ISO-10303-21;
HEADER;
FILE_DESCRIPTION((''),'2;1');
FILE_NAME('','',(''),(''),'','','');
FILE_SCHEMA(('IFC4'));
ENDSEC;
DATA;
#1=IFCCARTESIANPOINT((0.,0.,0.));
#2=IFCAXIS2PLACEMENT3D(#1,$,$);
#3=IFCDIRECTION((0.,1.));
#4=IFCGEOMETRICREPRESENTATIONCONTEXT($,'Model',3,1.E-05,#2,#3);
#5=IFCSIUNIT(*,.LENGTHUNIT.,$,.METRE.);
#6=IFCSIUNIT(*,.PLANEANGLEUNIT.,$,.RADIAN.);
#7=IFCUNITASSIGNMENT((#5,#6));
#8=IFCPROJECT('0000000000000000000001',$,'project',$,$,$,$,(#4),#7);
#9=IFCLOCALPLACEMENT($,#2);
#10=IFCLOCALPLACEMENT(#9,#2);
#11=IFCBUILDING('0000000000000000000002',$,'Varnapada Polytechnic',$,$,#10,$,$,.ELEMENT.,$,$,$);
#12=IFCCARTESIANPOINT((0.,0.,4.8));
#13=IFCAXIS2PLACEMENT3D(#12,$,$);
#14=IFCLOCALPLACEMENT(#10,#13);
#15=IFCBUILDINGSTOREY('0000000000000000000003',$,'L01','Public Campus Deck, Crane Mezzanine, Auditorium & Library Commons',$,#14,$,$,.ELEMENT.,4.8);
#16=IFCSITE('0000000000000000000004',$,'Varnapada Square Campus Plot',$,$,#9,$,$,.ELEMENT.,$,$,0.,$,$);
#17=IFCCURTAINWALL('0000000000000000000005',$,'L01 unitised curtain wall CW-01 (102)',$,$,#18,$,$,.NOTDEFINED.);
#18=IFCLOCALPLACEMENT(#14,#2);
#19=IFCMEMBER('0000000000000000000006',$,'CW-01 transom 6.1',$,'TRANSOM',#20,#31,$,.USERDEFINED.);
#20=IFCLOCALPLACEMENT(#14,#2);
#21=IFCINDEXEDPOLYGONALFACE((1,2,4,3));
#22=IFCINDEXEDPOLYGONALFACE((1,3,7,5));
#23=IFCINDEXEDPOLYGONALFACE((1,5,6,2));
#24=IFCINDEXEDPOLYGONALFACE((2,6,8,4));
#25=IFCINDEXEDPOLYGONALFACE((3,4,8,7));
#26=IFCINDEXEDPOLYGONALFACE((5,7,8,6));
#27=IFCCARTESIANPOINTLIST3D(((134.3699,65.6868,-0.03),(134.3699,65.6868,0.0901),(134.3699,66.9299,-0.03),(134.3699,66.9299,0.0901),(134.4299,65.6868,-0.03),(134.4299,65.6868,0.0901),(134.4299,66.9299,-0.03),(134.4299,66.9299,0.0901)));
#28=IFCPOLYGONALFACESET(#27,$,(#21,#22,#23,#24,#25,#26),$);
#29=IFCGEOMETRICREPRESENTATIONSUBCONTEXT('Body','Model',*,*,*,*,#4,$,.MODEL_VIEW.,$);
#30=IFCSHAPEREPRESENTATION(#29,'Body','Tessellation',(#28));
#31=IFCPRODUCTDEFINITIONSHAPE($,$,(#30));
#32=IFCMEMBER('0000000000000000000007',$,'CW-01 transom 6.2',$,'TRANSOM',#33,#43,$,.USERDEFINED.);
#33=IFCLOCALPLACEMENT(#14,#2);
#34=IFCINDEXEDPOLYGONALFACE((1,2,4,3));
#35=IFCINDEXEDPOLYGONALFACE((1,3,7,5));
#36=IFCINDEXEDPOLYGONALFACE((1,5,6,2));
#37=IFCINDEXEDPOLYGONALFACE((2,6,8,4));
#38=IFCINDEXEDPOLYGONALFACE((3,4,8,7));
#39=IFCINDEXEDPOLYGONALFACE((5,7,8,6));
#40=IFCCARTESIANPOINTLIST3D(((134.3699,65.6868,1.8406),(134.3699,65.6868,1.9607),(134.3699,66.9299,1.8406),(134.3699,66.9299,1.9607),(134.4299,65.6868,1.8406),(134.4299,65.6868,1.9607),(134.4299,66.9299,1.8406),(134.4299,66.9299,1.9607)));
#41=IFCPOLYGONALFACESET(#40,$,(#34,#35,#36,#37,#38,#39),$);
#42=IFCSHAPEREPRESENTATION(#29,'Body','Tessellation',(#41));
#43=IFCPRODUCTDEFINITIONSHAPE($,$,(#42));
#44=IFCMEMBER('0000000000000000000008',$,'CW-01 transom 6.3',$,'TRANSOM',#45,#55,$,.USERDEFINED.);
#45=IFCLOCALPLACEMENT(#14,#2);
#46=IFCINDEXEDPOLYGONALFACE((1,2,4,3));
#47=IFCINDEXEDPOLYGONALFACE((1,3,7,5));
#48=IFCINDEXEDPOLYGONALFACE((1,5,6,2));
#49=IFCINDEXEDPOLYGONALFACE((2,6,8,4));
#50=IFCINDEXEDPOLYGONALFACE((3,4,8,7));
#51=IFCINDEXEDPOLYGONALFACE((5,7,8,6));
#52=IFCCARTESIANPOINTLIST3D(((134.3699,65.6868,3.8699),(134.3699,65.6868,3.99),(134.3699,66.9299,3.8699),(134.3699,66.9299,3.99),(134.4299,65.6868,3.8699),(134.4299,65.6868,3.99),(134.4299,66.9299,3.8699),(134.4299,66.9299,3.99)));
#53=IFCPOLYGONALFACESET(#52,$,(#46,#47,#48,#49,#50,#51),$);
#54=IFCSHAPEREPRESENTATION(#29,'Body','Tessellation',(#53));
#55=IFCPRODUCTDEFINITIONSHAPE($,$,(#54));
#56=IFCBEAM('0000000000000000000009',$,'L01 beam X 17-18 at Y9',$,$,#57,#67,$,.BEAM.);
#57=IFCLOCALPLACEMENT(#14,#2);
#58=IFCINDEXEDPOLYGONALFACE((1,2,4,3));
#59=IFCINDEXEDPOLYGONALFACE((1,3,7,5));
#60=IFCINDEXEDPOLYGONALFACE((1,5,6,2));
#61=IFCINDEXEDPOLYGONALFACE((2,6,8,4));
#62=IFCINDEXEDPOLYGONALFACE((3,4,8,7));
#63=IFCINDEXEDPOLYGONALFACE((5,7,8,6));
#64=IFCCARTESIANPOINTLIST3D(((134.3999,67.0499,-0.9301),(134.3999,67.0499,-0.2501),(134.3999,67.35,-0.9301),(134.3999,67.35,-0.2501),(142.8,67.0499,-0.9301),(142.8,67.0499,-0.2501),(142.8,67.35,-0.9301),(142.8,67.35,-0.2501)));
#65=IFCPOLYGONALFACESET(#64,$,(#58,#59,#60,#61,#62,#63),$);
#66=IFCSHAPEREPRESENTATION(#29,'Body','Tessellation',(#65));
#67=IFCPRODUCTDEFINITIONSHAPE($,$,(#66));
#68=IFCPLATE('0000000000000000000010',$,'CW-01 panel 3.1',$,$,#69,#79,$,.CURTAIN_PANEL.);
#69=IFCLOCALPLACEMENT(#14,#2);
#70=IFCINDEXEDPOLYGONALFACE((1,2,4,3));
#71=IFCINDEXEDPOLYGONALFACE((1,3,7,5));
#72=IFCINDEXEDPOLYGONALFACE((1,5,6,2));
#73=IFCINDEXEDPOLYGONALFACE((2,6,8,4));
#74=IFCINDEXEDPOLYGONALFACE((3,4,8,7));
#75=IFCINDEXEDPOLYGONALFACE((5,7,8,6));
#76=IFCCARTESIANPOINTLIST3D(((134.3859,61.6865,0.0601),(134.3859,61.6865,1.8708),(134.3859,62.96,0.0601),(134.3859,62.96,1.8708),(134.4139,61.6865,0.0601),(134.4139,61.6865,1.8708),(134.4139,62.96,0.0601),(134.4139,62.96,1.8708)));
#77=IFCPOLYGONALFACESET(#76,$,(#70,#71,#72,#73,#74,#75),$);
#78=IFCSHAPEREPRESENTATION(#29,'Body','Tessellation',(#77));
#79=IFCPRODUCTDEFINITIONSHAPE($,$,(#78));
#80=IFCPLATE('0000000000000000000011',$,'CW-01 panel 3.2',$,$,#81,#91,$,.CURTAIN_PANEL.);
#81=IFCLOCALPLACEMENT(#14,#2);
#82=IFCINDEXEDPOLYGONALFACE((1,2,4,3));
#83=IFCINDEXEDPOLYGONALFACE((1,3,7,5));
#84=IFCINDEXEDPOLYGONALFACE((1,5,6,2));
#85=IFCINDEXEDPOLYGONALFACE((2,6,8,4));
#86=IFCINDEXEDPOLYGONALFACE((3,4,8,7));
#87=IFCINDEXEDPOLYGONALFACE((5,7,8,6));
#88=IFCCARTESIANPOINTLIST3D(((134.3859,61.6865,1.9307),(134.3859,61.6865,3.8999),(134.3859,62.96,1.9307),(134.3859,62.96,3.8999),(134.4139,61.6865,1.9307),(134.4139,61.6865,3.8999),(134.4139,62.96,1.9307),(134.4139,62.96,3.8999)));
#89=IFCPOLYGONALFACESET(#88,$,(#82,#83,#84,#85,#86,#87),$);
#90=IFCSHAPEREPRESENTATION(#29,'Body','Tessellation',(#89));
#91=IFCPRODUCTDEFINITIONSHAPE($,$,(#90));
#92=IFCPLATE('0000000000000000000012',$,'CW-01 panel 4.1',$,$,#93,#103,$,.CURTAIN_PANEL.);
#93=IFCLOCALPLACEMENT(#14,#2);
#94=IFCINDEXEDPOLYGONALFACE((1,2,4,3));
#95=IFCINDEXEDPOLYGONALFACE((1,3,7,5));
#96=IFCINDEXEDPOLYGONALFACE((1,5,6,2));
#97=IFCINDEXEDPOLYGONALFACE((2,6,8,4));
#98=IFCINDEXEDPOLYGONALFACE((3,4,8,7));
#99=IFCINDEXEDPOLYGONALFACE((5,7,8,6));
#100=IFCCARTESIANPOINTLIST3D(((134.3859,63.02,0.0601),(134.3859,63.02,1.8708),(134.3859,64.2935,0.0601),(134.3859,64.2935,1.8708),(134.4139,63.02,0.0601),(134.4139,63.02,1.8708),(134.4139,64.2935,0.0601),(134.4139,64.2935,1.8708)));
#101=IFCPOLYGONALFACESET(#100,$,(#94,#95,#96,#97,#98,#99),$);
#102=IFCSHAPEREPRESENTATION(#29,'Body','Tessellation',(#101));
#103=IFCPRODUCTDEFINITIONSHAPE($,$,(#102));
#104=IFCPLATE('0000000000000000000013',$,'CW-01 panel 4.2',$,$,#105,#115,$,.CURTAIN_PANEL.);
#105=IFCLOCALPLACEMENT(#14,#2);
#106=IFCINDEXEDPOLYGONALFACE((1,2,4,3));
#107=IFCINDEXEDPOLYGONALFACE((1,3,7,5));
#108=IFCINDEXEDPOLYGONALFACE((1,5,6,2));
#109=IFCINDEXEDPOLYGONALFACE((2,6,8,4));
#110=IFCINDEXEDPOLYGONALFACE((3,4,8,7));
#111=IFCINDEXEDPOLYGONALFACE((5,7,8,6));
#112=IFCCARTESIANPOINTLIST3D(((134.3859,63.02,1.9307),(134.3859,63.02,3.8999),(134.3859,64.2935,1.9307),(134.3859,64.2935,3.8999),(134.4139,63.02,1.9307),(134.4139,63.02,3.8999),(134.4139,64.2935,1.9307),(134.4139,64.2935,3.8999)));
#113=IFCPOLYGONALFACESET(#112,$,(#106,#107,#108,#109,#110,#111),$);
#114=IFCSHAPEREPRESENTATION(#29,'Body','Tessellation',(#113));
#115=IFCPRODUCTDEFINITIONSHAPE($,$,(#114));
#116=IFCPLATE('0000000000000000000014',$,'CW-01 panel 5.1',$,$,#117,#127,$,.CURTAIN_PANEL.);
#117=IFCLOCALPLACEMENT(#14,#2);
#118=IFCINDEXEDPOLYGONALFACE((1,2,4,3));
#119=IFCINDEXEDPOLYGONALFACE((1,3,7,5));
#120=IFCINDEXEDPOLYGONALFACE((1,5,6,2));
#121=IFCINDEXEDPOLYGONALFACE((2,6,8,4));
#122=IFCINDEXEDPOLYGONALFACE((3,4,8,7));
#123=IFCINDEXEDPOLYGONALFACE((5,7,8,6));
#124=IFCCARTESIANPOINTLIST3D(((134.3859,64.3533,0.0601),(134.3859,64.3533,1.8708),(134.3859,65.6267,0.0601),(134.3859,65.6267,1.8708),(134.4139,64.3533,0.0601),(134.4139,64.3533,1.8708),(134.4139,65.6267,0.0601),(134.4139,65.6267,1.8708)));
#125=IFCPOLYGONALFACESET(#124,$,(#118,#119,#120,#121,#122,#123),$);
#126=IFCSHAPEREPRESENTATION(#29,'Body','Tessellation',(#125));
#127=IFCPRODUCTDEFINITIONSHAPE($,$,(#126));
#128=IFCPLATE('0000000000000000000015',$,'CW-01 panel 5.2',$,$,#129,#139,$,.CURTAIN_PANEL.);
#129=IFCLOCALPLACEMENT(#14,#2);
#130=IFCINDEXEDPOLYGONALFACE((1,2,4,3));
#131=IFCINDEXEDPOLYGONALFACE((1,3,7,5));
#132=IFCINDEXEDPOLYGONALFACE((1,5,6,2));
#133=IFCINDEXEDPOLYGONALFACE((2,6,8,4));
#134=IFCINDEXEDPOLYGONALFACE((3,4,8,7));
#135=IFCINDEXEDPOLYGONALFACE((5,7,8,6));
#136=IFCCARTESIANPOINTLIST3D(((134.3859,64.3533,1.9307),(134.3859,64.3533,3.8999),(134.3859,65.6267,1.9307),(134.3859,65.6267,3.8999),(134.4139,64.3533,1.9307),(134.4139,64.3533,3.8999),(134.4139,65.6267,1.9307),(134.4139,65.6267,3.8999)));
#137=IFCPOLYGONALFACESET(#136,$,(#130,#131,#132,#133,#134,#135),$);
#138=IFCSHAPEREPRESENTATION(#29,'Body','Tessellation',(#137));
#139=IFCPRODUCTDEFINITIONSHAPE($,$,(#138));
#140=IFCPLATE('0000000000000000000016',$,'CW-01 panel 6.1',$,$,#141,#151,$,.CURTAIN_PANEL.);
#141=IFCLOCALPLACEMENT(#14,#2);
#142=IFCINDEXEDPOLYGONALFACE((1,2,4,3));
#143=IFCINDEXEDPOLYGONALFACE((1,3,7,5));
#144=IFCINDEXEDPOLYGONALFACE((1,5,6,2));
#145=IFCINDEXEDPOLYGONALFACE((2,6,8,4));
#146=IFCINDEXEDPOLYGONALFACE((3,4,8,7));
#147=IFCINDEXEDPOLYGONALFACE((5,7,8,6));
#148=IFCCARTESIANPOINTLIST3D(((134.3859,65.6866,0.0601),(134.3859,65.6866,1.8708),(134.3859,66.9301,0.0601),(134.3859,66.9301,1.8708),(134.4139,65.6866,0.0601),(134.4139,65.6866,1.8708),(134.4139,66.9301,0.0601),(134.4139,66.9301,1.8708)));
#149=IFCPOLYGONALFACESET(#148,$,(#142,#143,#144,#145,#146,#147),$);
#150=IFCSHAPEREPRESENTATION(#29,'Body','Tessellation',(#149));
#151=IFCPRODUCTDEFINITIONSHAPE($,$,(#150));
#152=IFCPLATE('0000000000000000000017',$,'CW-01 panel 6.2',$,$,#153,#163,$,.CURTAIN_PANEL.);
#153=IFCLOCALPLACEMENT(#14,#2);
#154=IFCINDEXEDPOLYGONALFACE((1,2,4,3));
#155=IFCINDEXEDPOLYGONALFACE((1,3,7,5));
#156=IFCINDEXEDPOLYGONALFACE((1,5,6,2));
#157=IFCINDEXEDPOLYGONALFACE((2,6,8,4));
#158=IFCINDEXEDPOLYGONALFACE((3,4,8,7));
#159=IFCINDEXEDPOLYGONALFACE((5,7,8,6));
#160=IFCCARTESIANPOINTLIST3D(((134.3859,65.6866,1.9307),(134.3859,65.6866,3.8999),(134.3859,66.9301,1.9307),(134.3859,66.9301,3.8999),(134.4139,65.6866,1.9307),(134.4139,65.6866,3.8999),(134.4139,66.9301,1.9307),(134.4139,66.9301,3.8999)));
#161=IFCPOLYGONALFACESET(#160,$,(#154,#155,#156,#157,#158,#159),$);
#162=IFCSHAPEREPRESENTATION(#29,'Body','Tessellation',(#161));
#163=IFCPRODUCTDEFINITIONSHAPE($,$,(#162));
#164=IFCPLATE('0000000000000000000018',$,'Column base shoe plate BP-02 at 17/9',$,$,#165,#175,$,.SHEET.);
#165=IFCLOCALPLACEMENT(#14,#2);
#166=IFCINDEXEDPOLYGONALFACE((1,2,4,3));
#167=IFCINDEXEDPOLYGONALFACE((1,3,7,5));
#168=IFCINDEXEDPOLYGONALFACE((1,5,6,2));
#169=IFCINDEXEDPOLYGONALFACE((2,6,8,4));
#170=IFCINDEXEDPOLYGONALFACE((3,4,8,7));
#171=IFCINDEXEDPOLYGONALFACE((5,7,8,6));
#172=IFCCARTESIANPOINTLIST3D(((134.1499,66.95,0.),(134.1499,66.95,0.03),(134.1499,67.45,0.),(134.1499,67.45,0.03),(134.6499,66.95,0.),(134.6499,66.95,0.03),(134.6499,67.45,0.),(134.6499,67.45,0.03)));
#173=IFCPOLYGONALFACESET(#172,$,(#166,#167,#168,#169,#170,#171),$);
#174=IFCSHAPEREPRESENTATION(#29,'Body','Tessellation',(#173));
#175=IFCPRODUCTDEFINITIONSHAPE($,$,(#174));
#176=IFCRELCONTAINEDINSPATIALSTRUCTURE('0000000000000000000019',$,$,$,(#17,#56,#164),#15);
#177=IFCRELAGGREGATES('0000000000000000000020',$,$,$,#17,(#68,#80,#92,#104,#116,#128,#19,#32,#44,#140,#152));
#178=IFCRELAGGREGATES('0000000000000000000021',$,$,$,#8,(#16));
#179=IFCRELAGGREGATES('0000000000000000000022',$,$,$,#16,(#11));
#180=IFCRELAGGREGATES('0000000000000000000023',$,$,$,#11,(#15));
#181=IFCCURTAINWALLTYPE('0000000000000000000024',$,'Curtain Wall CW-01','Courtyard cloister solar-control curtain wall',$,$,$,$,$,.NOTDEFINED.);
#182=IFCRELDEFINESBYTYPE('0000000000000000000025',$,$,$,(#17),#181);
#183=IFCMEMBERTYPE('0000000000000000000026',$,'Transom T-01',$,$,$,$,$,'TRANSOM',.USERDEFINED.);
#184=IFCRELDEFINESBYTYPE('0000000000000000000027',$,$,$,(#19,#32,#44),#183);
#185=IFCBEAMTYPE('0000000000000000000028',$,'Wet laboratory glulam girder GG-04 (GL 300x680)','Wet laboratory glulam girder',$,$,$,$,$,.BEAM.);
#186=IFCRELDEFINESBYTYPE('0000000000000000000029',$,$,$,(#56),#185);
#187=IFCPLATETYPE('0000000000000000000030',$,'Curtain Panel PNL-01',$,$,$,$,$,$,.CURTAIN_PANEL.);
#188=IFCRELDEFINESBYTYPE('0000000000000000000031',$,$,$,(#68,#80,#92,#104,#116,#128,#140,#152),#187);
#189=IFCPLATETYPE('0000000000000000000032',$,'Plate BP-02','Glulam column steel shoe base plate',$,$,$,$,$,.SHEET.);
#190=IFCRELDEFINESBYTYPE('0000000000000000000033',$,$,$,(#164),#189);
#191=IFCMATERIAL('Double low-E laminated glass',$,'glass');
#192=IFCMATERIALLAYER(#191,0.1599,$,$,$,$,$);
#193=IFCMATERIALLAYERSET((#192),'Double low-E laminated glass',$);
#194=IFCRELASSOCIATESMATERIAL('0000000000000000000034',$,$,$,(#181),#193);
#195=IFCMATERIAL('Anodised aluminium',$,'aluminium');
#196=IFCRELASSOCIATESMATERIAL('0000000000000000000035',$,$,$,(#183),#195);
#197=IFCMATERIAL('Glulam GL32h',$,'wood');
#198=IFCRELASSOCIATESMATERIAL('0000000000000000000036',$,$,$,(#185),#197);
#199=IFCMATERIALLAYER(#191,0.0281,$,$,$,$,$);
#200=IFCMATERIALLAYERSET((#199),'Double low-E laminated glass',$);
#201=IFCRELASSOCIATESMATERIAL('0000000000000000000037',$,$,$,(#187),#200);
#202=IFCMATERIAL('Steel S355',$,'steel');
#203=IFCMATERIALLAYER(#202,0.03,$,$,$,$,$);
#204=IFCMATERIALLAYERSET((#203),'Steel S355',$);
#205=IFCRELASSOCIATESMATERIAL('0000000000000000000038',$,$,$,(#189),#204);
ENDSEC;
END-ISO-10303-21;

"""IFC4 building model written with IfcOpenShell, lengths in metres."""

from ifc_helpers import new_model, si_unit, direction, frame, origin, origin_2d, place, context, subcontext, project, spatial, rectangle, extrude, material, layer, layer_set, material_profile, profile_set, type_object, element, aggregate, save


model = new_model("IFC4")

# Units and contexts
model_context = context("Model", 3, precision=1e-05, world=origin(), true_north=direction((0.0, 1.0)))
body_context = subcontext(model_context, "Body", "Model", "MODEL_VIEW")
ifc_project = project(units=[si_unit("LENGTHUNIT", "METRE"), si_unit("PLANEANGLEUNIT", "RADIAN")], contexts=[model_context])

# Site, building, storey
site_placement = place(None, origin())
site = spatial("IfcSite", under=ifc_project, at=site_placement, Name="Varnapada Square Campus Plot", CompositionType="ELEMENT", RefElevation=0.0)
building_placement = place(site_placement, origin())
building = spatial("IfcBuilding", under=site, at=building_placement, Name="Varnapada Polytechnic", CompositionType="ELEMENT")
storey_placement = place(building_placement, frame((0.0, 0.0, 4.8)))
storey = spatial("IfcBuildingStorey", under=building, at=storey_placement, Name="L01", Description="Public Campus Deck, Crane Mezzanine, Auditorium & Library Commons", CompositionType="ELEMENT", Elevation=4.8)

# Shared definitions
ifc_material_1 = material(Name="Glulam GL32h", Category="wood")

# Curtain wall, members
ifc_material_2 = material(Name="Double low-E laminated glass", Category="glass")
ifc_layer_1 = layer(ifc_material_2, 0.1599)
ifc_layer_set_1 = layer_set([ifc_layer_1], Name="Double low-E laminated glass")
curtain_wall_type = type_object("IfcCurtainWallType", Name="Curtain Wall CW-01", Description="Courtyard cloister solar-control curtain wall", PredefinedType="NOTDEFINED", material=ifc_layer_set_1)
curtain_wall_placement = place(storey_placement, origin())
curtain_wall = element("IfcCurtainWall", 1, at=curtain_wall_placement, inside=storey, type_object=curtain_wall_type, Name="L01 unitised curtain wall CW-01 (102)", PredefinedType="NOTDEFINED")
ifc_material_3 = material(Name="Anodised aluminium", Category="aluminium")
ifc_material_profile_1 = material_profile(ifc_material_3, rectangle(XDim=0.0601, YDim=0.1201, at=origin_2d()), Name="ALU T60x120")
ifc_profile_set_1 = profile_set([ifc_material_profile_1], Name="Anodised aluminium")
member_type_1 = type_object("IfcMemberType", Name="Transom T-01", ElementType="TRANSOM", PredefinedType="USERDEFINED", material=ifc_profile_set_1)
member_1_placement = place(storey_placement, frame((134.3999, 65.6868, 0.03), z_axis=(0.0, 1.0, 0.0), x_axis=(-1.0, 0.0, 0.0)))
member_1 = element("IfcMember", 2, at=member_1_placement, type_object=member_type_1, Name="CW-01 transom 6.1", ObjectType="TRANSOM", PredefinedType="USERDEFINED", context=body_context, shape_type="SweptSolid", body=[
    extrude(rectangle(XDim=0.0601, YDim=0.1201, at=origin_2d()), origin(), (0.0, 0.0, 1.0), 1.2432),
])
member_2_placement = place(storey_placement, frame((134.3999, 65.6868, 1.9006), z_axis=(0.0, 1.0, 0.0), x_axis=(-1.0, 0.0, 0.0)))
member_2 = element("IfcMember", 3, at=member_2_placement, type_object=member_type_1, Name="CW-01 transom 6.2", ObjectType="TRANSOM", PredefinedType="USERDEFINED", context=body_context, shape_type="SweptSolid", body=[
    extrude(rectangle(XDim=0.0601, YDim=0.1201, at=origin_2d()), origin(), (0.0, 0.0, 1.0), 1.2432),
])
member_3_placement = place(storey_placement, frame((134.3999, 65.6868, 3.9299), z_axis=(0.0, 1.0, 0.0), x_axis=(-1.0, 0.0, 0.0)))
member_3 = element("IfcMember", 4, at=member_3_placement, type_object=member_type_1, Name="CW-01 transom 6.3", ObjectType="TRANSOM", PredefinedType="USERDEFINED", context=body_context, shape_type="SweptSolid", body=[
    extrude(rectangle(XDim=0.0601, YDim=0.1201, at=origin_2d()), origin(), (0.0, 0.0, 1.0), 1.2432),
])

# Beam
ifc_material_profile_2 = material_profile(ifc_material_1, rectangle(XDim=0.3, YDim=0.6799, at=origin_2d()), Name="GL 300x680")
ifc_profile_set_2 = profile_set([ifc_material_profile_2], Name="Glulam GL32h")
beam_type = type_object("IfcBeamType", Name="Wet laboratory glulam girder GG-04 (GL 300x680)", Description="Wet laboratory glulam girder", PredefinedType="BEAM", material=ifc_profile_set_2)
beam_placement = place(storey_placement, frame((134.3999, 67.2, -0.5901), z_axis=(1.0, 0.0, 0.0), x_axis=(0.0, 1.0, 0.0)))
element("IfcBeam", 5, at=beam_placement, inside=storey, type_object=beam_type, Name="L01 beam X 17-18 at Y9", PredefinedType="BEAM", context=body_context, shape_type="SweptSolid", body=[
    extrude(rectangle(XDim=0.3, YDim=0.6799, at=origin_2d()), origin(), (0.0, 0.0, 1.0), 8.4001),
])

# Plates
ifc_layer_2 = layer(ifc_material_2, 0.0281)
ifc_layer_set_2 = layer_set([ifc_layer_2], Name="Double low-E laminated glass")
plate_type_1 = type_object("IfcPlateType", Name="Curtain Panel PNL-01", PredefinedType="CURTAIN_PANEL", material=ifc_layer_set_2)
plate_1_placement = place(storey_placement, frame((134.3999, 62.3232, 0.0601), z_axis=(0.0, 0.0, 1.0), x_axis=(0.0, 1.0, 0.0)))
plate_1 = element("IfcPlate", 6, at=plate_1_placement, type_object=plate_type_1, Name="CW-01 panel 3.1", PredefinedType="CURTAIN_PANEL", context=body_context, shape_type="SweptSolid", body=[
    extrude(rectangle(XDim=1.2734, YDim=0.0281, at=origin_2d()), origin(), (0.0, 0.0, 1.0), 1.8108),
])
plate_2_placement = place(storey_placement, frame((134.3999, 62.3232, 1.9307), z_axis=(0.0, 0.0, 1.0), x_axis=(0.0, 1.0, 0.0)))
plate_2 = element("IfcPlate", 7, at=plate_2_placement, type_object=plate_type_1, Name="CW-01 panel 3.2", PredefinedType="CURTAIN_PANEL", context=body_context, shape_type="SweptSolid", body=[
    extrude(rectangle(XDim=1.2734, YDim=0.0281, at=origin_2d()), origin(), (0.0, 0.0, 1.0), 1.9692),
])
plate_3_placement = place(storey_placement, frame((134.3999, 63.6567, 0.0601), z_axis=(0.0, 0.0, 1.0), x_axis=(0.0, 1.0, 0.0)))
plate_3 = element("IfcPlate", 8, at=plate_3_placement, type_object=plate_type_1, Name="CW-01 panel 4.1", PredefinedType="CURTAIN_PANEL", context=body_context, shape_type="SweptSolid", body=[
    extrude(rectangle(XDim=1.2734, YDim=0.0281, at=origin_2d()), origin(), (0.0, 0.0, 1.0), 1.8108),
])
plate_4_placement = place(storey_placement, frame((134.3999, 63.6567, 1.9307), z_axis=(0.0, 0.0, 1.0), x_axis=(0.0, 1.0, 0.0)))
plate_4 = element("IfcPlate", 9, at=plate_4_placement, type_object=plate_type_1, Name="CW-01 panel 4.2", PredefinedType="CURTAIN_PANEL", context=body_context, shape_type="SweptSolid", body=[
    extrude(rectangle(XDim=1.2734, YDim=0.0281, at=origin_2d()), origin(), (0.0, 0.0, 1.0), 1.9692),
])
plate_5_placement = place(storey_placement, frame((134.3999, 64.99, 0.0601), z_axis=(0.0, 0.0, 1.0), x_axis=(0.0, 1.0, 0.0)))
plate_5 = element("IfcPlate", 10, at=plate_5_placement, type_object=plate_type_1, Name="CW-01 panel 5.1", PredefinedType="CURTAIN_PANEL", context=body_context, shape_type="SweptSolid", body=[
    extrude(rectangle(XDim=1.2734, YDim=0.0281, at=origin_2d()), origin(), (0.0, 0.0, 1.0), 1.8108),
])
plate_6_placement = place(storey_placement, frame((134.3999, 64.99, 1.9307), z_axis=(0.0, 0.0, 1.0), x_axis=(0.0, 1.0, 0.0)))
plate_6 = element("IfcPlate", 11, at=plate_6_placement, type_object=plate_type_1, Name="CW-01 panel 5.2", PredefinedType="CURTAIN_PANEL", context=body_context, shape_type="SweptSolid", body=[
    extrude(rectangle(XDim=1.2734, YDim=0.0281, at=origin_2d()), origin(), (0.0, 0.0, 1.0), 1.9692),
])
plate_7_placement = place(storey_placement, frame((134.3999, 66.3083, 0.0601), z_axis=(0.0, 0.0, 1.0), x_axis=(0.0, 1.0, 0.0)))
plate_7 = element("IfcPlate", 12, at=plate_7_placement, type_object=plate_type_1, Name="CW-01 panel 6.1", PredefinedType="CURTAIN_PANEL", context=body_context, shape_type="SweptSolid", body=[
    extrude(rectangle(XDim=1.2434, YDim=0.0281, at=origin_2d()), origin(), (0.0, 0.0, 1.0), 1.8108),
])
plate_8_placement = place(storey_placement, frame((134.3999, 66.3083, 1.9307), z_axis=(0.0, 0.0, 1.0), x_axis=(0.0, 1.0, 0.0)))
plate_8 = element("IfcPlate", 13, at=plate_8_placement, type_object=plate_type_1, Name="CW-01 panel 6.2", PredefinedType="CURTAIN_PANEL", context=body_context, shape_type="SweptSolid", body=[
    extrude(rectangle(XDim=1.2434, YDim=0.0281, at=origin_2d()), origin(), (0.0, 0.0, 1.0), 1.9692),
])
aggregate(curtain_wall, [plate_1, plate_2, plate_3, plate_4, plate_5, plate_6, member_1, member_2, member_3, plate_7, plate_8])
ifc_material_4 = material(Name="Steel S355", Category="steel")
ifc_layer_3 = layer(ifc_material_4, 0.03)
ifc_layer_set_3 = layer_set([ifc_layer_3], Name="Steel S355")
plate_type_2 = type_object("IfcPlateType", Name="Plate BP-02", Description="Glulam column steel shoe base plate", PredefinedType="SHEET", material=ifc_layer_set_3)
plate_9_placement = place(storey_placement, frame((134.3999, 67.2, 0.0), z_axis=(0.0, 0.0, 1.0), x_axis=(1.0, 0.0, 0.0)))
element("IfcPlate", 14, at=plate_9_placement, inside=storey, type_object=plate_type_2, Name="Column base shoe plate BP-02 at 17/9", PredefinedType="SHEET", context=body_context, shape_type="SweptSolid", body=[
    extrude(rectangle(XDim=0.5, YDim=0.5, at=origin_2d()), origin(), (0.0, 0.0, 1.0), 0.03),
])

save(model, "model.ifc")
